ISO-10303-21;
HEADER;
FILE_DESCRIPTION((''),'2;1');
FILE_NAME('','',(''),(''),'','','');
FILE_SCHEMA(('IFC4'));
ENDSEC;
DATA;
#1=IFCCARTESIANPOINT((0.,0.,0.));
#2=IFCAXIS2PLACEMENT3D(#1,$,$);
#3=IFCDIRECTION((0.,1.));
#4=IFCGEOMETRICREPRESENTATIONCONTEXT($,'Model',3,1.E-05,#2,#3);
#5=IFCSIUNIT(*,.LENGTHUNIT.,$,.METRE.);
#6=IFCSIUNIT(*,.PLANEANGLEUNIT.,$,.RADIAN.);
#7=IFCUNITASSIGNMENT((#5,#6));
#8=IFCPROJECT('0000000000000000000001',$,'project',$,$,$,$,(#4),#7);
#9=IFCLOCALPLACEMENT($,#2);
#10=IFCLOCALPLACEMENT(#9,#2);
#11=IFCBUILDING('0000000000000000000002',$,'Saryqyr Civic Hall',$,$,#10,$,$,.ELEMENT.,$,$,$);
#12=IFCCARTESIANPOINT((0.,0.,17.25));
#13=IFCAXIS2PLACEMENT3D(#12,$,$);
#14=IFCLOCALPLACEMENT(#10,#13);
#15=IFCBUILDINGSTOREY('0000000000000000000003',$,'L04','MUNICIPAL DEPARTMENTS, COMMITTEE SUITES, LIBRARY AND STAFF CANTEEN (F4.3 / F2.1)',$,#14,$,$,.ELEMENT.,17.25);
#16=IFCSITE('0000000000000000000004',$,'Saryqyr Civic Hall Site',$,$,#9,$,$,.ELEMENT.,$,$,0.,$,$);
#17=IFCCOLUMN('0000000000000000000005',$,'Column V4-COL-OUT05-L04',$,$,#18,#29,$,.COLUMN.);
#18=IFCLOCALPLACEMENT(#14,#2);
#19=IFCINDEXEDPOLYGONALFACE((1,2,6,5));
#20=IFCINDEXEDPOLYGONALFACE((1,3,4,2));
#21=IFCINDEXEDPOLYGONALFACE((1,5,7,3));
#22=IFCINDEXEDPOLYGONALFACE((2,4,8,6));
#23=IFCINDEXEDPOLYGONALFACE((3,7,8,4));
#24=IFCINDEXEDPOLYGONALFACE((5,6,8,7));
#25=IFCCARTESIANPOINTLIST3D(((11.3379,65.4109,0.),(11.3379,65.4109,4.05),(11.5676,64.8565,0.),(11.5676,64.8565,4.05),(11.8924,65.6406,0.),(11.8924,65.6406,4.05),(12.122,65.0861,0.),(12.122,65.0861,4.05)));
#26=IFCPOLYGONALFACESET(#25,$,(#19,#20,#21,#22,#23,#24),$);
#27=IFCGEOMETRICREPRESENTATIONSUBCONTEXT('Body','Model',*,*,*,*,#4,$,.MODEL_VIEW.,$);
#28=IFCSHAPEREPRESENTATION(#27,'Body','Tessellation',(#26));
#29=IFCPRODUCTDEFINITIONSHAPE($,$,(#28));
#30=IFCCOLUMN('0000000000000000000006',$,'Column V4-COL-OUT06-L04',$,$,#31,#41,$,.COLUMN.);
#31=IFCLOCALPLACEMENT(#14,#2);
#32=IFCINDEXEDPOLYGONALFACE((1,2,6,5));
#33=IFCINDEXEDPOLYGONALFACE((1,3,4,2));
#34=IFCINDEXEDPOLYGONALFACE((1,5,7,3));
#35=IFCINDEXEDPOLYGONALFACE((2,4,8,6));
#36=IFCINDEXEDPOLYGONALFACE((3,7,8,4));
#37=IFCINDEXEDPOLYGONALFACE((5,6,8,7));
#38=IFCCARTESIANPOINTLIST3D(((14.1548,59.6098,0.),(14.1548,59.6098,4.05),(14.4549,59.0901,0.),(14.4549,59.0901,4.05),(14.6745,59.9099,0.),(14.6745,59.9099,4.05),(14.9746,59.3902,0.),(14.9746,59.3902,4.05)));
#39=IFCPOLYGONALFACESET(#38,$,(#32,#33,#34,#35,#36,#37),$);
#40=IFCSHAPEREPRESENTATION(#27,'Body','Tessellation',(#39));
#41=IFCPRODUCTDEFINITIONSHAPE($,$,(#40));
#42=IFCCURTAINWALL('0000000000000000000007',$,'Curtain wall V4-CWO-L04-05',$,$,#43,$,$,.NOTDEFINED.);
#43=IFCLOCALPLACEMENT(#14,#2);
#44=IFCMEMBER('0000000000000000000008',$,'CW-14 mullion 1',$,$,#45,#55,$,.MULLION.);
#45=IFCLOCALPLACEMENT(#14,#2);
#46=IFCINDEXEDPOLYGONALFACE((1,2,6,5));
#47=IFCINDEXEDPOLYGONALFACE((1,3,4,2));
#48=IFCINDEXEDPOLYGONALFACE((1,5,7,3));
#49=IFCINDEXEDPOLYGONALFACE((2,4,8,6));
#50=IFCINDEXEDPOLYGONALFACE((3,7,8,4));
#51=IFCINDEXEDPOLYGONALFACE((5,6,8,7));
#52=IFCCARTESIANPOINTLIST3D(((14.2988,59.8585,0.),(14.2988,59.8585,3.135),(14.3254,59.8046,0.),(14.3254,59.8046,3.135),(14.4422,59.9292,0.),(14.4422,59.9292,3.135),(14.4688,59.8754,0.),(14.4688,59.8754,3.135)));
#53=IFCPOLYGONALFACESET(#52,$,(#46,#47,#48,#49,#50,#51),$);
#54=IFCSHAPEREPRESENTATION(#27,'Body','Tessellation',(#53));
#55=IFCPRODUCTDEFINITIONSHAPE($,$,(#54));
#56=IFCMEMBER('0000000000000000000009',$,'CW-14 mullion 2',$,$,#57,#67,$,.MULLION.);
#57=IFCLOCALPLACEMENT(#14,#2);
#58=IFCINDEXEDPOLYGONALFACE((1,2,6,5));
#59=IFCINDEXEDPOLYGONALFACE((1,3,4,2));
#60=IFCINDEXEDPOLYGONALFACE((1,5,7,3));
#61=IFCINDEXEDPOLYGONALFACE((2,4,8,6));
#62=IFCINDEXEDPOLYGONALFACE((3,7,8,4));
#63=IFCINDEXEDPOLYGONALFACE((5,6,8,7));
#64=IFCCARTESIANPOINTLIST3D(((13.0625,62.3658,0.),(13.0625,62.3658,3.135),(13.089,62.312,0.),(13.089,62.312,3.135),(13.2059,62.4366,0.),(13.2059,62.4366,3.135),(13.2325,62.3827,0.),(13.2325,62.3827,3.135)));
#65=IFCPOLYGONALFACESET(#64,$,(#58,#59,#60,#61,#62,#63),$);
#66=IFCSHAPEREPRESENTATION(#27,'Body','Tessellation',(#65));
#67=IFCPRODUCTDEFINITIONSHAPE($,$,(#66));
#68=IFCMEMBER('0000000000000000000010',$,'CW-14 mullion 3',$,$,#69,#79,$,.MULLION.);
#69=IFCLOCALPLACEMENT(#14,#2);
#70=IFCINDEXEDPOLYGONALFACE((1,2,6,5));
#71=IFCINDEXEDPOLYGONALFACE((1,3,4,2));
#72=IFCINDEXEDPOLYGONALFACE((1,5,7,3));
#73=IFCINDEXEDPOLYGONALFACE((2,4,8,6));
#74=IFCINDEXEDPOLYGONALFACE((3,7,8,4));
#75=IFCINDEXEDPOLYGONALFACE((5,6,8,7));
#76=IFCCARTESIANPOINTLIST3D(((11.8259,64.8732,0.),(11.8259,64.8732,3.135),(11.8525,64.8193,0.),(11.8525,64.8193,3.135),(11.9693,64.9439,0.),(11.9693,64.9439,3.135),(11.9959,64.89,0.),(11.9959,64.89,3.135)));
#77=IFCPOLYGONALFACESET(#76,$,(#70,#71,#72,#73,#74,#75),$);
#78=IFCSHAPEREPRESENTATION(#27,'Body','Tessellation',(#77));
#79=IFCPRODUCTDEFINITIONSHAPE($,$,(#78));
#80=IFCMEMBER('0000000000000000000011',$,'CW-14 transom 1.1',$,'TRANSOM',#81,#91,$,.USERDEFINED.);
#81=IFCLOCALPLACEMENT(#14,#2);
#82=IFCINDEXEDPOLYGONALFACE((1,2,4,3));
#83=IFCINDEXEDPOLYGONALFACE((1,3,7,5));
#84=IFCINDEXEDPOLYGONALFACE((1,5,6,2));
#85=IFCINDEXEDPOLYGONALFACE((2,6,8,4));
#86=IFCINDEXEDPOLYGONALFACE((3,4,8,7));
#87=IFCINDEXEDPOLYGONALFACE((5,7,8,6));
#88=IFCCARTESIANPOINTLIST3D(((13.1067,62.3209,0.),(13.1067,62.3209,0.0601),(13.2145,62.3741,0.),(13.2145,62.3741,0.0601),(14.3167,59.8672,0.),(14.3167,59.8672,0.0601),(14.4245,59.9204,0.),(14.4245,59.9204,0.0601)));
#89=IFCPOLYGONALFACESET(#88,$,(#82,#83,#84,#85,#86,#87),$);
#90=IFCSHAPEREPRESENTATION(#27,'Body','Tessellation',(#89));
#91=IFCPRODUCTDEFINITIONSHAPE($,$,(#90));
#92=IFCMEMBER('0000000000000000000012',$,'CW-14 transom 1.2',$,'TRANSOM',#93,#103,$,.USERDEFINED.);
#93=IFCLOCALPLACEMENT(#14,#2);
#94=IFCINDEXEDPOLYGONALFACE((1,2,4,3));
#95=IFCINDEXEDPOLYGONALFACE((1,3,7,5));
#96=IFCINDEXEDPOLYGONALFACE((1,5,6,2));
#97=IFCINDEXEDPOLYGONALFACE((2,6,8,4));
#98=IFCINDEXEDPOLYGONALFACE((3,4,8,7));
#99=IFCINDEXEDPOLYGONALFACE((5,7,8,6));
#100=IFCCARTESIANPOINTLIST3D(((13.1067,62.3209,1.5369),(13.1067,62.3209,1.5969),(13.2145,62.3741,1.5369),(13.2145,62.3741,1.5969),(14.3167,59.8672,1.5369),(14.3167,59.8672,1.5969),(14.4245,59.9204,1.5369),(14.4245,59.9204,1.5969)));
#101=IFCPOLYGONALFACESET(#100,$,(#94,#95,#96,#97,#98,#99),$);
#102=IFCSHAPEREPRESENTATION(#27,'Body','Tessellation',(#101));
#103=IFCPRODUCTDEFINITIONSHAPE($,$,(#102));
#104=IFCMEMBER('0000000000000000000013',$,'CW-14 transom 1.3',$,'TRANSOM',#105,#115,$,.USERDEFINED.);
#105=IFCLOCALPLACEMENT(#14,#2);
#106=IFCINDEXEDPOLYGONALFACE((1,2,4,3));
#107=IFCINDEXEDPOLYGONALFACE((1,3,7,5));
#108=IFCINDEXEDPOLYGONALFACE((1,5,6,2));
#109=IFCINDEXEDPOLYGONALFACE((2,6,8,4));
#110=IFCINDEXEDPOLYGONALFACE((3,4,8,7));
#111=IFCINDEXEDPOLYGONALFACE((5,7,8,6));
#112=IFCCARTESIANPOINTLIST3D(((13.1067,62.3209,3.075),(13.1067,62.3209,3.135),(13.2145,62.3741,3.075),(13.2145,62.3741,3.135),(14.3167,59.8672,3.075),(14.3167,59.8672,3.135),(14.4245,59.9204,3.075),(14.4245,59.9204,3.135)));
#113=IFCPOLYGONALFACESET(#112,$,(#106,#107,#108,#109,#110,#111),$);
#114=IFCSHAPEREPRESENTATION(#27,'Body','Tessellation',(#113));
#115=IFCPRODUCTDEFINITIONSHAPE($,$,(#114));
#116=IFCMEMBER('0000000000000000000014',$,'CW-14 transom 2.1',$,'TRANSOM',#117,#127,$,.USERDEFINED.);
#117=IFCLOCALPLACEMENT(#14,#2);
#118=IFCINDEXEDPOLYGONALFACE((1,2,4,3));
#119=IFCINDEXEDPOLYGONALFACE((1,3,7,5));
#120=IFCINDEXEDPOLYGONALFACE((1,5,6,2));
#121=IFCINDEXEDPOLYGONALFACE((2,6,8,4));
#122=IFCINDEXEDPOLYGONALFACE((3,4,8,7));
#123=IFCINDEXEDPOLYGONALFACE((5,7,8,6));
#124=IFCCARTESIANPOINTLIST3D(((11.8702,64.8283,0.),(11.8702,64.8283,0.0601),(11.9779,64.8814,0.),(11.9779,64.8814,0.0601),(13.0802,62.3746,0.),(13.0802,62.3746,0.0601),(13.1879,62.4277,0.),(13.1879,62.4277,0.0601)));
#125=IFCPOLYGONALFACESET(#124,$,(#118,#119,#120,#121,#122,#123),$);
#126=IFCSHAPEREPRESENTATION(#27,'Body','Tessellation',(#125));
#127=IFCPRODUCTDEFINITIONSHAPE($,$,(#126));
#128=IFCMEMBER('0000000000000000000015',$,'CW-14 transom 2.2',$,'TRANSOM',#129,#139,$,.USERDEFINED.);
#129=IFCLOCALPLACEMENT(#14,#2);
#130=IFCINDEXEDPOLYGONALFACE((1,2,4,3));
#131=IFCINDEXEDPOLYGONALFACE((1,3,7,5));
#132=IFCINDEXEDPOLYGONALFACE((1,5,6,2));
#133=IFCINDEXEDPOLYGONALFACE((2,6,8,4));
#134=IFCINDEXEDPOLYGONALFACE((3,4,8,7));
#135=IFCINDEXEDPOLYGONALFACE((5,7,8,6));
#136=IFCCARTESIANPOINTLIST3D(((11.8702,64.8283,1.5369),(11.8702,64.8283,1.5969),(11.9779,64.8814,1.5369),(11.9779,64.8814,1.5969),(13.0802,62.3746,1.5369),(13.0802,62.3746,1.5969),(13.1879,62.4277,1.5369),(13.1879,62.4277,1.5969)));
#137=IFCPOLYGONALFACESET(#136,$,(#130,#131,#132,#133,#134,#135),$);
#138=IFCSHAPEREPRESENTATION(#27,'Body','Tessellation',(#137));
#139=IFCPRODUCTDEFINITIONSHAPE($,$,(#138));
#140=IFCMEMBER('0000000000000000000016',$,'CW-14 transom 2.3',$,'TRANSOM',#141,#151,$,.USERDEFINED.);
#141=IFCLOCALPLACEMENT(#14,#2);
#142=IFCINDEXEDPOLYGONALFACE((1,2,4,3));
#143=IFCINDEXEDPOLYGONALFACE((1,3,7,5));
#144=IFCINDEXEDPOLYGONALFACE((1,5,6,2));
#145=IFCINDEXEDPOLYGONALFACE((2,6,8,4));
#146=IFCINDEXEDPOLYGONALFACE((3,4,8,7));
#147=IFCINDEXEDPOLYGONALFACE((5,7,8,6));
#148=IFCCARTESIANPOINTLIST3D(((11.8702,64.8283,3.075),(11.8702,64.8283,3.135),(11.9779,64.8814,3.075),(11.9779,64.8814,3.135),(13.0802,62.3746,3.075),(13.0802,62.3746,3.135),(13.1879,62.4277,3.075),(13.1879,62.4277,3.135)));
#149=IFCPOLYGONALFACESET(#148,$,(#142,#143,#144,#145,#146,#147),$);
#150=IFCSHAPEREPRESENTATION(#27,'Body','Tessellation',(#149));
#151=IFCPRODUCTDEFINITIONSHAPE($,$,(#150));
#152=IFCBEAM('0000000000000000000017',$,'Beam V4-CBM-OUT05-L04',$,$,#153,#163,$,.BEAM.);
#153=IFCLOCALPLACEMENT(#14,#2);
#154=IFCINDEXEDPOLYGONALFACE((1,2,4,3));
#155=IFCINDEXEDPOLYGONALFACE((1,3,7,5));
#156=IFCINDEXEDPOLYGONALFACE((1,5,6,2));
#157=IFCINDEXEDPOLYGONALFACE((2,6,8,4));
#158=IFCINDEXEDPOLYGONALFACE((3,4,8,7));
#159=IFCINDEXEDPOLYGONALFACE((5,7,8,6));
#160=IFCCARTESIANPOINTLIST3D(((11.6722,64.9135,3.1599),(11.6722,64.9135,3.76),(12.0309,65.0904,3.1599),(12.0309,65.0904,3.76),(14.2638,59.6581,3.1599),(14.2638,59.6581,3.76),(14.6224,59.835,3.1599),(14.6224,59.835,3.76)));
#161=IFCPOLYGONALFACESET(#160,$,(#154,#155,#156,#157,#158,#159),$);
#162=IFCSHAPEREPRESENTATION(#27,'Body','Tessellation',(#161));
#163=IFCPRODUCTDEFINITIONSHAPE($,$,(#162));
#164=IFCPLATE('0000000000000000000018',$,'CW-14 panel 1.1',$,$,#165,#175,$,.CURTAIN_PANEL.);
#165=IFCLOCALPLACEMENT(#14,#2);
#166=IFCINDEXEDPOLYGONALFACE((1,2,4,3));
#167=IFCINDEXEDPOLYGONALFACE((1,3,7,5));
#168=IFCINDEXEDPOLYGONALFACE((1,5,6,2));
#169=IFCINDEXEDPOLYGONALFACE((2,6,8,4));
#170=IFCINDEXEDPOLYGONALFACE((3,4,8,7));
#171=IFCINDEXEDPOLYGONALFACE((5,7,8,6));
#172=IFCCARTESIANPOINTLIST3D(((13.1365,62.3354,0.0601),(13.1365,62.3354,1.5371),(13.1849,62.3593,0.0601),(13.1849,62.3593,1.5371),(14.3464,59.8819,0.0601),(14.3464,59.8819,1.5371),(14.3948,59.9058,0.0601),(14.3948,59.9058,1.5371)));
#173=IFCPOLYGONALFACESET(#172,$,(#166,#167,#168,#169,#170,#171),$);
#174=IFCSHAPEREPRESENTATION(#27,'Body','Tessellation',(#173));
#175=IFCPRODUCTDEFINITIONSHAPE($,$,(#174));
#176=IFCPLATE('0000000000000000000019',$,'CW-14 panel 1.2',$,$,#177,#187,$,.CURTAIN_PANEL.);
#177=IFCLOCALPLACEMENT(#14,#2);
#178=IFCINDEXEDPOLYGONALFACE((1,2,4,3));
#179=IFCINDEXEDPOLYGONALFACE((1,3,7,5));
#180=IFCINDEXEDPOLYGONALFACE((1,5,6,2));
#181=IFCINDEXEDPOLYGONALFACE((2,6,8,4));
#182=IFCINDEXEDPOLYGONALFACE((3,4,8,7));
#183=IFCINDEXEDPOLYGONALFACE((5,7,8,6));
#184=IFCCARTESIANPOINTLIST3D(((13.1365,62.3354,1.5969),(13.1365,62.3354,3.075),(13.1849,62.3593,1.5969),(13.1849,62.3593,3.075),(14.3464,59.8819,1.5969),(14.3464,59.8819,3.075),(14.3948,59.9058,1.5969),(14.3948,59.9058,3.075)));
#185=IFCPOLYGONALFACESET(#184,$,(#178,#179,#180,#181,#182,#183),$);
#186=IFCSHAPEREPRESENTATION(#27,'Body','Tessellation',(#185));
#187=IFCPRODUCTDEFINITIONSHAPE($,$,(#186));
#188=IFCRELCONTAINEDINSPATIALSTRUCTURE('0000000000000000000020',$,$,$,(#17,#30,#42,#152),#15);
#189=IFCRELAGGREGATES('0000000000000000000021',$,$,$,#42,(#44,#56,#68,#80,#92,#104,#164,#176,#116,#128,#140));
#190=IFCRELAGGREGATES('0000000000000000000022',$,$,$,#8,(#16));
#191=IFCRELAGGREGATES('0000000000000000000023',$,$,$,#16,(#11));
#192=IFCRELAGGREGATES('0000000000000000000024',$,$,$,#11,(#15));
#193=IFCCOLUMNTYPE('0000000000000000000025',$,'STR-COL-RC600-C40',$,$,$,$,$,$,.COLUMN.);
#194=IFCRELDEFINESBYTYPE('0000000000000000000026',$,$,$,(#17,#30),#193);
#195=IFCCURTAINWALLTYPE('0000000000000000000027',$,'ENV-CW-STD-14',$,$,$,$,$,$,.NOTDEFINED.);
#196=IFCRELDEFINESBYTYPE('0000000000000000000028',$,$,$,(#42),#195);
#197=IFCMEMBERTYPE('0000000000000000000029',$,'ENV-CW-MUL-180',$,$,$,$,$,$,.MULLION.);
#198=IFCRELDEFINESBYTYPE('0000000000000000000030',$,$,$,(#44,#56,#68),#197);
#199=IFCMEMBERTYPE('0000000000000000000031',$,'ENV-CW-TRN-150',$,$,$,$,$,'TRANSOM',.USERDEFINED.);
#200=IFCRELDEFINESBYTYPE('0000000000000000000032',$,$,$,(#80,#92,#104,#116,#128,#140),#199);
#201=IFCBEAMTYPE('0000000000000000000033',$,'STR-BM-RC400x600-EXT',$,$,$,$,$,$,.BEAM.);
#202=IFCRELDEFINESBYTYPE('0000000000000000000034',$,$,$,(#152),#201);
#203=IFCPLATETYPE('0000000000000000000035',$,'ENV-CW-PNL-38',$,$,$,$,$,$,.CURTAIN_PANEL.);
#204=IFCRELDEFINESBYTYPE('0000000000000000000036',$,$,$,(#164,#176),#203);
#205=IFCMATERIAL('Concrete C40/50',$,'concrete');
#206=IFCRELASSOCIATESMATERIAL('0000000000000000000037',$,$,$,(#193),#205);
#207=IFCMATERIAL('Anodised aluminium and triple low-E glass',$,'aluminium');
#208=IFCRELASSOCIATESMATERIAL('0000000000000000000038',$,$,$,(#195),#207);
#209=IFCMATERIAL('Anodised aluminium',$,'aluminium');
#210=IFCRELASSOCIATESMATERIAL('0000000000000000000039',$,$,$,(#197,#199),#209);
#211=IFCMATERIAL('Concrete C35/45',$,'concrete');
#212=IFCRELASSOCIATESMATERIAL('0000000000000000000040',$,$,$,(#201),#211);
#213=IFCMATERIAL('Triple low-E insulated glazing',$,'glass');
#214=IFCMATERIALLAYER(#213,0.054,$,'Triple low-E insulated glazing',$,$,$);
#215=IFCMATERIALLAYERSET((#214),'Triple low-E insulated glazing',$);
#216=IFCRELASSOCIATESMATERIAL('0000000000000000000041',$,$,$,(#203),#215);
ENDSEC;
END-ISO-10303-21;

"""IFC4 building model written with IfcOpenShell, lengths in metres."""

from ifc_helpers import new_model, si_unit, direction, frame, origin, origin_2d, place, context, subcontext, project, spatial, rectangle, extrude, material, layer, layer_set, material_profile, profile_set, type_object, element, aggregate, save


model = new_model("IFC4")

# Units and contexts
model_context = context("Model", 3, precision=1e-05, world=origin(), true_north=direction((0.0, 1.0)))
body_context = subcontext(model_context, "Body", "Model", "MODEL_VIEW")
ifc_project = project(units=[si_unit("LENGTHUNIT", "METRE"), si_unit("PLANEANGLEUNIT", "RADIAN")], contexts=[model_context])

# Site, building, storey
site_placement = place(None, origin())
site = spatial("IfcSite", under=ifc_project, at=site_placement, Name="Saryqyr Civic Hall Site", CompositionType="ELEMENT", RefElevation=0.0)
building_placement = place(site_placement, origin())
building = spatial("IfcBuilding", under=site, at=building_placement, Name="Saryqyr Civic Hall", CompositionType="ELEMENT")
storey_placement = place(building_placement, frame((0.0, 0.0, 17.25)))
storey = spatial("IfcBuildingStorey", under=building, at=storey_placement, Name="L04", Description="MUNICIPAL DEPARTMENTS, COMMITTEE SUITES, LIBRARY AND STAFF CANTEEN (F4.3 / F2.1)", CompositionType="ELEMENT", Elevation=17.25)

# Columns
ifc_material_1 = material(Name="Concrete C40/50", Category="concrete")
ifc_material_profile_1 = material_profile(ifc_material_1, rectangle(XDim=0.6001, YDim=0.6001, at=origin_2d()), Name="RC 600x600")
ifc_profile_set_1 = profile_set([ifc_material_profile_1], Name="Concrete C40/50")
column_type = type_object("IfcColumnType", Name="STR-COL-RC600-C40", PredefinedType="COLUMN", material=ifc_profile_set_1)
for number, where, z_axis, x_axis, name in (
    (1, (11.73, 65.2485, 0.0), (0.0, 0.0, 1.0), (-0.92388, -0.382683, 0.0), "Column V4-COL-OUT05-L04"),
    (2, (14.5647, 59.5, 0.0), (0.0, 0.0, 1.0), (-0.866025, -0.5, 0.0), "Column V4-COL-OUT06-L04"),
):
    element("IfcColumn", number, at=place(storey_placement, frame(where, z_axis=z_axis, x_axis=x_axis)), inside=storey, type_object=column_type, Name=name, PredefinedType="COLUMN", context=body_context, shape_type="SweptSolid", body=[
        extrude(rectangle(XDim=0.6001, YDim=0.6001, at=origin_2d()), origin(), (0.0, 0.0, 1.0), 4.05),
    ])

# Curtain wall, members
ifc_material_2 = material(Name="Anodised aluminium and triple low-E glass", Category="aluminium")
curtain_wall_type = type_object("IfcCurtainWallType", Name="ENV-CW-STD-14", PredefinedType="NOTDEFINED", material=ifc_material_2)
curtain_wall_placement = place(storey_placement, origin())
curtain_wall = element("IfcCurtainWall", 3, at=curtain_wall_placement, inside=storey, type_object=curtain_wall_type, Name="Curtain wall V4-CWO-L04-05", PredefinedType="NOTDEFINED")
ifc_material_3 = material(Name="Anodised aluminium", Category="aluminium")
ifc_material_profile_2 = material_profile(ifc_material_3, rectangle(XDim=0.0601, YDim=0.1599, at=origin_2d()), Name="ALU MULLION 60x160")
ifc_profile_set_2 = profile_set([ifc_material_profile_2], Name="Anodised aluminium")
member_type_1 = type_object("IfcMemberType", Name="ENV-CW-MUL-180", PredefinedType="MULLION", material=ifc_profile_set_2)
member_1_placement = place(storey_placement, frame((14.3838, 59.8669, 0.0), z_axis=(0.0, 0.0, 1.0), x_axis=(-0.442288, 0.896873, 0.0)))
member_1 = element("IfcMember", 4, at=member_1_placement, type_object=member_type_1, Name="CW-14 mullion 1", PredefinedType="MULLION", context=body_context, shape_type="SweptSolid", body=[
    extrude(rectangle(XDim=0.0601, YDim=0.1599, at=origin_2d()), origin(), (0.0, 0.0, 1.0), 3.135),
])
member_2_placement = place(storey_placement, frame((13.1475, 62.3743, 0.0), z_axis=(0.0, 0.0, 1.0), x_axis=(-0.442288, 0.896873, 0.0)))
member_2 = element("IfcMember", 5, at=member_2_placement, type_object=member_type_1, Name="CW-14 mullion 2", PredefinedType="MULLION", context=body_context, shape_type="SweptSolid", body=[
    extrude(rectangle(XDim=0.0601, YDim=0.1599, at=origin_2d()), origin(), (0.0, 0.0, 1.0), 3.135),
])
member_3_placement = place(storey_placement, frame((11.9109, 64.8816, 0.0), z_axis=(0.0, 0.0, 1.0), x_axis=(-0.442288, 0.896873, 0.0)))
member_3 = element("IfcMember", 6, at=member_3_placement, type_object=member_type_1, Name="CW-14 mullion 3", PredefinedType="MULLION", context=body_context, shape_type="SweptSolid", body=[
    extrude(rectangle(XDim=0.0601, YDim=0.1599, at=origin_2d()), origin(), (0.0, 0.0, 1.0), 3.135),
])
ifc_material_profile_3 = material_profile(ifc_material_3, rectangle(XDim=0.1201, YDim=0.0601, at=origin_2d()), Name="ALU TRANSOM 120x60")
ifc_profile_set_3 = profile_set([ifc_material_profile_3], Name="Anodised aluminium")
member_type_2 = type_object("IfcMemberType", Name="ENV-CW-TRN-150", ElementType="TRANSOM", PredefinedType="USERDEFINED", material=ifc_profile_set_3)
member_4_placement = place(storey_placement, frame((14.3706, 59.8938, 0.03), z_axis=(-0.442281, 0.896877, 0.0), x_axis=(-0.896877, -0.442281, 0.0)))
member_4 = element("IfcMember", 7, at=member_4_placement, type_object=member_type_2, Name="CW-14 transom 1.1", ObjectType="TRANSOM", PredefinedType="USERDEFINED", context=body_context, shape_type="SweptSolid", body=[
    extrude(rectangle(XDim=0.1201, YDim=0.0601, at=origin_2d()), origin(), (0.0, 0.0, 1.0), 2.7358),
])
member_5_placement = place(storey_placement, frame((14.3706, 59.8938, 1.5669), z_axis=(-0.442281, 0.896877, 0.0), x_axis=(-0.896877, -0.442281, 0.0)))
member_5 = element("IfcMember", 8, at=member_5_placement, type_object=member_type_2, Name="CW-14 transom 1.2", ObjectType="TRANSOM", PredefinedType="USERDEFINED", context=body_context, shape_type="SweptSolid", body=[
    extrude(rectangle(XDim=0.1201, YDim=0.0601, at=origin_2d()), origin(), (0.0, 0.0, 1.0), 2.7358),
])
member_6_placement = place(storey_placement, frame((14.3706, 59.8938, 3.105), z_axis=(-0.442281, 0.896877, 0.0), x_axis=(-0.896877, -0.442281, 0.0)))
member_6 = element("IfcMember", 9, at=member_6_placement, type_object=member_type_2, Name="CW-14 transom 1.3", ObjectType="TRANSOM", PredefinedType="USERDEFINED", context=body_context, shape_type="SweptSolid", body=[
    extrude(rectangle(XDim=0.1201, YDim=0.0601, at=origin_2d()), origin(), (0.0, 0.0, 1.0), 2.7358),
])
member_7_placement = place(storey_placement, frame((13.134, 62.4011, 0.03), z_axis=(-0.442281, 0.896877, 0.0), x_axis=(-0.896877, -0.442281, 0.0)))
member_7 = element("IfcMember", 10, at=member_7_placement, type_object=member_type_2, Name="CW-14 transom 2.1", ObjectType="TRANSOM", PredefinedType="USERDEFINED", context=body_context, shape_type="SweptSolid", body=[
    extrude(rectangle(XDim=0.1201, YDim=0.0601, at=origin_2d()), origin(), (0.0, 0.0, 1.0), 2.7358),
])
member_8_placement = place(storey_placement, frame((13.134, 62.4011, 1.5669), z_axis=(-0.442281, 0.896877, 0.0), x_axis=(-0.896877, -0.442281, 0.0)))
member_8 = element("IfcMember", 11, at=member_8_placement, type_object=member_type_2, Name="CW-14 transom 2.2", ObjectType="TRANSOM", PredefinedType="USERDEFINED", context=body_context, shape_type="SweptSolid", body=[
    extrude(rectangle(XDim=0.1201, YDim=0.0601, at=origin_2d()), origin(), (0.0, 0.0, 1.0), 2.7358),
])
member_9_placement = place(storey_placement, frame((13.134, 62.4011, 3.105), z_axis=(-0.442281, 0.896877, 0.0), x_axis=(-0.896877, -0.442281, 0.0)))
member_9 = element("IfcMember", 12, at=member_9_placement, type_object=member_type_2, Name="CW-14 transom 2.3", ObjectType="TRANSOM", PredefinedType="USERDEFINED", context=body_context, shape_type="SweptSolid", body=[
    extrude(rectangle(XDim=0.1201, YDim=0.0601, at=origin_2d()), origin(), (0.0, 0.0, 1.0), 2.7358),
])

# Beam
ifc_material_4 = material(Name="Concrete C35/45", Category="concrete")
ifc_material_profile_4 = material_profile(ifc_material_4, rectangle(XDim=0.3999, YDim=0.6001, at=origin_2d()), Name="RC 400x600")
ifc_profile_set_4 = profile_set([ifc_material_profile_4], Name="Concrete C35/45")
beam_type = type_object("IfcBeamType", Name="STR-BM-RC400x600-EXT", PredefinedType="BEAM", material=ifc_profile_set_4)
beam_placement = place(storey_placement, frame((11.8516, 65.002, 3.46), z_axis=(0.442274, -0.89688, 0.0), x_axis=(0.89688, 0.442274, 0.0)))
element("IfcBeam", 13, at=beam_placement, inside=storey, type_object=beam_type, Name="Beam V4-CBM-OUT05-L04", PredefinedType="BEAM", context=body_context, shape_type="SweptSolid", body=[
    extrude(rectangle(XDim=0.3999, YDim=0.6001, at=origin_2d()), origin(), (0.0, 0.0, 1.0), 5.8596),
])

# Plates
ifc_material_5 = material(Name="Triple low-E insulated glazing", Category="glass")
ifc_layer_1 = layer(ifc_material_5, 0.054, Name="Triple low-E insulated glazing")
ifc_layer_set_1 = layer_set([ifc_layer_1], Name="Triple low-E insulated glazing")
plate_type = type_object("IfcPlateType", Name="ENV-CW-PNL-38", PredefinedType="CURTAIN_PANEL", material=ifc_layer_set_1)
plate_1_placement = place(storey_placement, frame((13.7656, 61.1206, 0.0601), z_axis=(0.0, 0.0, 1.0), x_axis=(-0.442288, 0.896873, 0.0)))
plate_1 = element("IfcPlate", 14, at=plate_1_placement, type_object=plate_type, Name="CW-14 panel 1.1", PredefinedType="CURTAIN_PANEL", context=body_context, shape_type="SweptSolid", body=[
    extrude(rectangle(XDim=2.7356, YDim=0.054, at=origin_2d()), origin(), (0.0, 0.0, 1.0), 1.4771),
])
plate_2_placement = place(storey_placement, frame((13.7656, 61.1206, 1.5969), z_axis=(0.0, 0.0, 1.0), x_axis=(-0.442288, 0.896873, 0.0)))
plate_2 = element("IfcPlate", 15, at=plate_2_placement, type_object=plate_type, Name="CW-14 panel 1.2", PredefinedType="CURTAIN_PANEL", context=body_context, shape_type="SweptSolid", body=[
    extrude(rectangle(XDim=2.7356, YDim=0.054, at=origin_2d()), origin(), (0.0, 0.0, 1.0), 1.478),
])
aggregate(curtain_wall, [member_1, member_2, member_3, member_4, member_5, member_6, plate_1, plate_2, member_7, member_8, member_9])

save(model, "model.ifc")
